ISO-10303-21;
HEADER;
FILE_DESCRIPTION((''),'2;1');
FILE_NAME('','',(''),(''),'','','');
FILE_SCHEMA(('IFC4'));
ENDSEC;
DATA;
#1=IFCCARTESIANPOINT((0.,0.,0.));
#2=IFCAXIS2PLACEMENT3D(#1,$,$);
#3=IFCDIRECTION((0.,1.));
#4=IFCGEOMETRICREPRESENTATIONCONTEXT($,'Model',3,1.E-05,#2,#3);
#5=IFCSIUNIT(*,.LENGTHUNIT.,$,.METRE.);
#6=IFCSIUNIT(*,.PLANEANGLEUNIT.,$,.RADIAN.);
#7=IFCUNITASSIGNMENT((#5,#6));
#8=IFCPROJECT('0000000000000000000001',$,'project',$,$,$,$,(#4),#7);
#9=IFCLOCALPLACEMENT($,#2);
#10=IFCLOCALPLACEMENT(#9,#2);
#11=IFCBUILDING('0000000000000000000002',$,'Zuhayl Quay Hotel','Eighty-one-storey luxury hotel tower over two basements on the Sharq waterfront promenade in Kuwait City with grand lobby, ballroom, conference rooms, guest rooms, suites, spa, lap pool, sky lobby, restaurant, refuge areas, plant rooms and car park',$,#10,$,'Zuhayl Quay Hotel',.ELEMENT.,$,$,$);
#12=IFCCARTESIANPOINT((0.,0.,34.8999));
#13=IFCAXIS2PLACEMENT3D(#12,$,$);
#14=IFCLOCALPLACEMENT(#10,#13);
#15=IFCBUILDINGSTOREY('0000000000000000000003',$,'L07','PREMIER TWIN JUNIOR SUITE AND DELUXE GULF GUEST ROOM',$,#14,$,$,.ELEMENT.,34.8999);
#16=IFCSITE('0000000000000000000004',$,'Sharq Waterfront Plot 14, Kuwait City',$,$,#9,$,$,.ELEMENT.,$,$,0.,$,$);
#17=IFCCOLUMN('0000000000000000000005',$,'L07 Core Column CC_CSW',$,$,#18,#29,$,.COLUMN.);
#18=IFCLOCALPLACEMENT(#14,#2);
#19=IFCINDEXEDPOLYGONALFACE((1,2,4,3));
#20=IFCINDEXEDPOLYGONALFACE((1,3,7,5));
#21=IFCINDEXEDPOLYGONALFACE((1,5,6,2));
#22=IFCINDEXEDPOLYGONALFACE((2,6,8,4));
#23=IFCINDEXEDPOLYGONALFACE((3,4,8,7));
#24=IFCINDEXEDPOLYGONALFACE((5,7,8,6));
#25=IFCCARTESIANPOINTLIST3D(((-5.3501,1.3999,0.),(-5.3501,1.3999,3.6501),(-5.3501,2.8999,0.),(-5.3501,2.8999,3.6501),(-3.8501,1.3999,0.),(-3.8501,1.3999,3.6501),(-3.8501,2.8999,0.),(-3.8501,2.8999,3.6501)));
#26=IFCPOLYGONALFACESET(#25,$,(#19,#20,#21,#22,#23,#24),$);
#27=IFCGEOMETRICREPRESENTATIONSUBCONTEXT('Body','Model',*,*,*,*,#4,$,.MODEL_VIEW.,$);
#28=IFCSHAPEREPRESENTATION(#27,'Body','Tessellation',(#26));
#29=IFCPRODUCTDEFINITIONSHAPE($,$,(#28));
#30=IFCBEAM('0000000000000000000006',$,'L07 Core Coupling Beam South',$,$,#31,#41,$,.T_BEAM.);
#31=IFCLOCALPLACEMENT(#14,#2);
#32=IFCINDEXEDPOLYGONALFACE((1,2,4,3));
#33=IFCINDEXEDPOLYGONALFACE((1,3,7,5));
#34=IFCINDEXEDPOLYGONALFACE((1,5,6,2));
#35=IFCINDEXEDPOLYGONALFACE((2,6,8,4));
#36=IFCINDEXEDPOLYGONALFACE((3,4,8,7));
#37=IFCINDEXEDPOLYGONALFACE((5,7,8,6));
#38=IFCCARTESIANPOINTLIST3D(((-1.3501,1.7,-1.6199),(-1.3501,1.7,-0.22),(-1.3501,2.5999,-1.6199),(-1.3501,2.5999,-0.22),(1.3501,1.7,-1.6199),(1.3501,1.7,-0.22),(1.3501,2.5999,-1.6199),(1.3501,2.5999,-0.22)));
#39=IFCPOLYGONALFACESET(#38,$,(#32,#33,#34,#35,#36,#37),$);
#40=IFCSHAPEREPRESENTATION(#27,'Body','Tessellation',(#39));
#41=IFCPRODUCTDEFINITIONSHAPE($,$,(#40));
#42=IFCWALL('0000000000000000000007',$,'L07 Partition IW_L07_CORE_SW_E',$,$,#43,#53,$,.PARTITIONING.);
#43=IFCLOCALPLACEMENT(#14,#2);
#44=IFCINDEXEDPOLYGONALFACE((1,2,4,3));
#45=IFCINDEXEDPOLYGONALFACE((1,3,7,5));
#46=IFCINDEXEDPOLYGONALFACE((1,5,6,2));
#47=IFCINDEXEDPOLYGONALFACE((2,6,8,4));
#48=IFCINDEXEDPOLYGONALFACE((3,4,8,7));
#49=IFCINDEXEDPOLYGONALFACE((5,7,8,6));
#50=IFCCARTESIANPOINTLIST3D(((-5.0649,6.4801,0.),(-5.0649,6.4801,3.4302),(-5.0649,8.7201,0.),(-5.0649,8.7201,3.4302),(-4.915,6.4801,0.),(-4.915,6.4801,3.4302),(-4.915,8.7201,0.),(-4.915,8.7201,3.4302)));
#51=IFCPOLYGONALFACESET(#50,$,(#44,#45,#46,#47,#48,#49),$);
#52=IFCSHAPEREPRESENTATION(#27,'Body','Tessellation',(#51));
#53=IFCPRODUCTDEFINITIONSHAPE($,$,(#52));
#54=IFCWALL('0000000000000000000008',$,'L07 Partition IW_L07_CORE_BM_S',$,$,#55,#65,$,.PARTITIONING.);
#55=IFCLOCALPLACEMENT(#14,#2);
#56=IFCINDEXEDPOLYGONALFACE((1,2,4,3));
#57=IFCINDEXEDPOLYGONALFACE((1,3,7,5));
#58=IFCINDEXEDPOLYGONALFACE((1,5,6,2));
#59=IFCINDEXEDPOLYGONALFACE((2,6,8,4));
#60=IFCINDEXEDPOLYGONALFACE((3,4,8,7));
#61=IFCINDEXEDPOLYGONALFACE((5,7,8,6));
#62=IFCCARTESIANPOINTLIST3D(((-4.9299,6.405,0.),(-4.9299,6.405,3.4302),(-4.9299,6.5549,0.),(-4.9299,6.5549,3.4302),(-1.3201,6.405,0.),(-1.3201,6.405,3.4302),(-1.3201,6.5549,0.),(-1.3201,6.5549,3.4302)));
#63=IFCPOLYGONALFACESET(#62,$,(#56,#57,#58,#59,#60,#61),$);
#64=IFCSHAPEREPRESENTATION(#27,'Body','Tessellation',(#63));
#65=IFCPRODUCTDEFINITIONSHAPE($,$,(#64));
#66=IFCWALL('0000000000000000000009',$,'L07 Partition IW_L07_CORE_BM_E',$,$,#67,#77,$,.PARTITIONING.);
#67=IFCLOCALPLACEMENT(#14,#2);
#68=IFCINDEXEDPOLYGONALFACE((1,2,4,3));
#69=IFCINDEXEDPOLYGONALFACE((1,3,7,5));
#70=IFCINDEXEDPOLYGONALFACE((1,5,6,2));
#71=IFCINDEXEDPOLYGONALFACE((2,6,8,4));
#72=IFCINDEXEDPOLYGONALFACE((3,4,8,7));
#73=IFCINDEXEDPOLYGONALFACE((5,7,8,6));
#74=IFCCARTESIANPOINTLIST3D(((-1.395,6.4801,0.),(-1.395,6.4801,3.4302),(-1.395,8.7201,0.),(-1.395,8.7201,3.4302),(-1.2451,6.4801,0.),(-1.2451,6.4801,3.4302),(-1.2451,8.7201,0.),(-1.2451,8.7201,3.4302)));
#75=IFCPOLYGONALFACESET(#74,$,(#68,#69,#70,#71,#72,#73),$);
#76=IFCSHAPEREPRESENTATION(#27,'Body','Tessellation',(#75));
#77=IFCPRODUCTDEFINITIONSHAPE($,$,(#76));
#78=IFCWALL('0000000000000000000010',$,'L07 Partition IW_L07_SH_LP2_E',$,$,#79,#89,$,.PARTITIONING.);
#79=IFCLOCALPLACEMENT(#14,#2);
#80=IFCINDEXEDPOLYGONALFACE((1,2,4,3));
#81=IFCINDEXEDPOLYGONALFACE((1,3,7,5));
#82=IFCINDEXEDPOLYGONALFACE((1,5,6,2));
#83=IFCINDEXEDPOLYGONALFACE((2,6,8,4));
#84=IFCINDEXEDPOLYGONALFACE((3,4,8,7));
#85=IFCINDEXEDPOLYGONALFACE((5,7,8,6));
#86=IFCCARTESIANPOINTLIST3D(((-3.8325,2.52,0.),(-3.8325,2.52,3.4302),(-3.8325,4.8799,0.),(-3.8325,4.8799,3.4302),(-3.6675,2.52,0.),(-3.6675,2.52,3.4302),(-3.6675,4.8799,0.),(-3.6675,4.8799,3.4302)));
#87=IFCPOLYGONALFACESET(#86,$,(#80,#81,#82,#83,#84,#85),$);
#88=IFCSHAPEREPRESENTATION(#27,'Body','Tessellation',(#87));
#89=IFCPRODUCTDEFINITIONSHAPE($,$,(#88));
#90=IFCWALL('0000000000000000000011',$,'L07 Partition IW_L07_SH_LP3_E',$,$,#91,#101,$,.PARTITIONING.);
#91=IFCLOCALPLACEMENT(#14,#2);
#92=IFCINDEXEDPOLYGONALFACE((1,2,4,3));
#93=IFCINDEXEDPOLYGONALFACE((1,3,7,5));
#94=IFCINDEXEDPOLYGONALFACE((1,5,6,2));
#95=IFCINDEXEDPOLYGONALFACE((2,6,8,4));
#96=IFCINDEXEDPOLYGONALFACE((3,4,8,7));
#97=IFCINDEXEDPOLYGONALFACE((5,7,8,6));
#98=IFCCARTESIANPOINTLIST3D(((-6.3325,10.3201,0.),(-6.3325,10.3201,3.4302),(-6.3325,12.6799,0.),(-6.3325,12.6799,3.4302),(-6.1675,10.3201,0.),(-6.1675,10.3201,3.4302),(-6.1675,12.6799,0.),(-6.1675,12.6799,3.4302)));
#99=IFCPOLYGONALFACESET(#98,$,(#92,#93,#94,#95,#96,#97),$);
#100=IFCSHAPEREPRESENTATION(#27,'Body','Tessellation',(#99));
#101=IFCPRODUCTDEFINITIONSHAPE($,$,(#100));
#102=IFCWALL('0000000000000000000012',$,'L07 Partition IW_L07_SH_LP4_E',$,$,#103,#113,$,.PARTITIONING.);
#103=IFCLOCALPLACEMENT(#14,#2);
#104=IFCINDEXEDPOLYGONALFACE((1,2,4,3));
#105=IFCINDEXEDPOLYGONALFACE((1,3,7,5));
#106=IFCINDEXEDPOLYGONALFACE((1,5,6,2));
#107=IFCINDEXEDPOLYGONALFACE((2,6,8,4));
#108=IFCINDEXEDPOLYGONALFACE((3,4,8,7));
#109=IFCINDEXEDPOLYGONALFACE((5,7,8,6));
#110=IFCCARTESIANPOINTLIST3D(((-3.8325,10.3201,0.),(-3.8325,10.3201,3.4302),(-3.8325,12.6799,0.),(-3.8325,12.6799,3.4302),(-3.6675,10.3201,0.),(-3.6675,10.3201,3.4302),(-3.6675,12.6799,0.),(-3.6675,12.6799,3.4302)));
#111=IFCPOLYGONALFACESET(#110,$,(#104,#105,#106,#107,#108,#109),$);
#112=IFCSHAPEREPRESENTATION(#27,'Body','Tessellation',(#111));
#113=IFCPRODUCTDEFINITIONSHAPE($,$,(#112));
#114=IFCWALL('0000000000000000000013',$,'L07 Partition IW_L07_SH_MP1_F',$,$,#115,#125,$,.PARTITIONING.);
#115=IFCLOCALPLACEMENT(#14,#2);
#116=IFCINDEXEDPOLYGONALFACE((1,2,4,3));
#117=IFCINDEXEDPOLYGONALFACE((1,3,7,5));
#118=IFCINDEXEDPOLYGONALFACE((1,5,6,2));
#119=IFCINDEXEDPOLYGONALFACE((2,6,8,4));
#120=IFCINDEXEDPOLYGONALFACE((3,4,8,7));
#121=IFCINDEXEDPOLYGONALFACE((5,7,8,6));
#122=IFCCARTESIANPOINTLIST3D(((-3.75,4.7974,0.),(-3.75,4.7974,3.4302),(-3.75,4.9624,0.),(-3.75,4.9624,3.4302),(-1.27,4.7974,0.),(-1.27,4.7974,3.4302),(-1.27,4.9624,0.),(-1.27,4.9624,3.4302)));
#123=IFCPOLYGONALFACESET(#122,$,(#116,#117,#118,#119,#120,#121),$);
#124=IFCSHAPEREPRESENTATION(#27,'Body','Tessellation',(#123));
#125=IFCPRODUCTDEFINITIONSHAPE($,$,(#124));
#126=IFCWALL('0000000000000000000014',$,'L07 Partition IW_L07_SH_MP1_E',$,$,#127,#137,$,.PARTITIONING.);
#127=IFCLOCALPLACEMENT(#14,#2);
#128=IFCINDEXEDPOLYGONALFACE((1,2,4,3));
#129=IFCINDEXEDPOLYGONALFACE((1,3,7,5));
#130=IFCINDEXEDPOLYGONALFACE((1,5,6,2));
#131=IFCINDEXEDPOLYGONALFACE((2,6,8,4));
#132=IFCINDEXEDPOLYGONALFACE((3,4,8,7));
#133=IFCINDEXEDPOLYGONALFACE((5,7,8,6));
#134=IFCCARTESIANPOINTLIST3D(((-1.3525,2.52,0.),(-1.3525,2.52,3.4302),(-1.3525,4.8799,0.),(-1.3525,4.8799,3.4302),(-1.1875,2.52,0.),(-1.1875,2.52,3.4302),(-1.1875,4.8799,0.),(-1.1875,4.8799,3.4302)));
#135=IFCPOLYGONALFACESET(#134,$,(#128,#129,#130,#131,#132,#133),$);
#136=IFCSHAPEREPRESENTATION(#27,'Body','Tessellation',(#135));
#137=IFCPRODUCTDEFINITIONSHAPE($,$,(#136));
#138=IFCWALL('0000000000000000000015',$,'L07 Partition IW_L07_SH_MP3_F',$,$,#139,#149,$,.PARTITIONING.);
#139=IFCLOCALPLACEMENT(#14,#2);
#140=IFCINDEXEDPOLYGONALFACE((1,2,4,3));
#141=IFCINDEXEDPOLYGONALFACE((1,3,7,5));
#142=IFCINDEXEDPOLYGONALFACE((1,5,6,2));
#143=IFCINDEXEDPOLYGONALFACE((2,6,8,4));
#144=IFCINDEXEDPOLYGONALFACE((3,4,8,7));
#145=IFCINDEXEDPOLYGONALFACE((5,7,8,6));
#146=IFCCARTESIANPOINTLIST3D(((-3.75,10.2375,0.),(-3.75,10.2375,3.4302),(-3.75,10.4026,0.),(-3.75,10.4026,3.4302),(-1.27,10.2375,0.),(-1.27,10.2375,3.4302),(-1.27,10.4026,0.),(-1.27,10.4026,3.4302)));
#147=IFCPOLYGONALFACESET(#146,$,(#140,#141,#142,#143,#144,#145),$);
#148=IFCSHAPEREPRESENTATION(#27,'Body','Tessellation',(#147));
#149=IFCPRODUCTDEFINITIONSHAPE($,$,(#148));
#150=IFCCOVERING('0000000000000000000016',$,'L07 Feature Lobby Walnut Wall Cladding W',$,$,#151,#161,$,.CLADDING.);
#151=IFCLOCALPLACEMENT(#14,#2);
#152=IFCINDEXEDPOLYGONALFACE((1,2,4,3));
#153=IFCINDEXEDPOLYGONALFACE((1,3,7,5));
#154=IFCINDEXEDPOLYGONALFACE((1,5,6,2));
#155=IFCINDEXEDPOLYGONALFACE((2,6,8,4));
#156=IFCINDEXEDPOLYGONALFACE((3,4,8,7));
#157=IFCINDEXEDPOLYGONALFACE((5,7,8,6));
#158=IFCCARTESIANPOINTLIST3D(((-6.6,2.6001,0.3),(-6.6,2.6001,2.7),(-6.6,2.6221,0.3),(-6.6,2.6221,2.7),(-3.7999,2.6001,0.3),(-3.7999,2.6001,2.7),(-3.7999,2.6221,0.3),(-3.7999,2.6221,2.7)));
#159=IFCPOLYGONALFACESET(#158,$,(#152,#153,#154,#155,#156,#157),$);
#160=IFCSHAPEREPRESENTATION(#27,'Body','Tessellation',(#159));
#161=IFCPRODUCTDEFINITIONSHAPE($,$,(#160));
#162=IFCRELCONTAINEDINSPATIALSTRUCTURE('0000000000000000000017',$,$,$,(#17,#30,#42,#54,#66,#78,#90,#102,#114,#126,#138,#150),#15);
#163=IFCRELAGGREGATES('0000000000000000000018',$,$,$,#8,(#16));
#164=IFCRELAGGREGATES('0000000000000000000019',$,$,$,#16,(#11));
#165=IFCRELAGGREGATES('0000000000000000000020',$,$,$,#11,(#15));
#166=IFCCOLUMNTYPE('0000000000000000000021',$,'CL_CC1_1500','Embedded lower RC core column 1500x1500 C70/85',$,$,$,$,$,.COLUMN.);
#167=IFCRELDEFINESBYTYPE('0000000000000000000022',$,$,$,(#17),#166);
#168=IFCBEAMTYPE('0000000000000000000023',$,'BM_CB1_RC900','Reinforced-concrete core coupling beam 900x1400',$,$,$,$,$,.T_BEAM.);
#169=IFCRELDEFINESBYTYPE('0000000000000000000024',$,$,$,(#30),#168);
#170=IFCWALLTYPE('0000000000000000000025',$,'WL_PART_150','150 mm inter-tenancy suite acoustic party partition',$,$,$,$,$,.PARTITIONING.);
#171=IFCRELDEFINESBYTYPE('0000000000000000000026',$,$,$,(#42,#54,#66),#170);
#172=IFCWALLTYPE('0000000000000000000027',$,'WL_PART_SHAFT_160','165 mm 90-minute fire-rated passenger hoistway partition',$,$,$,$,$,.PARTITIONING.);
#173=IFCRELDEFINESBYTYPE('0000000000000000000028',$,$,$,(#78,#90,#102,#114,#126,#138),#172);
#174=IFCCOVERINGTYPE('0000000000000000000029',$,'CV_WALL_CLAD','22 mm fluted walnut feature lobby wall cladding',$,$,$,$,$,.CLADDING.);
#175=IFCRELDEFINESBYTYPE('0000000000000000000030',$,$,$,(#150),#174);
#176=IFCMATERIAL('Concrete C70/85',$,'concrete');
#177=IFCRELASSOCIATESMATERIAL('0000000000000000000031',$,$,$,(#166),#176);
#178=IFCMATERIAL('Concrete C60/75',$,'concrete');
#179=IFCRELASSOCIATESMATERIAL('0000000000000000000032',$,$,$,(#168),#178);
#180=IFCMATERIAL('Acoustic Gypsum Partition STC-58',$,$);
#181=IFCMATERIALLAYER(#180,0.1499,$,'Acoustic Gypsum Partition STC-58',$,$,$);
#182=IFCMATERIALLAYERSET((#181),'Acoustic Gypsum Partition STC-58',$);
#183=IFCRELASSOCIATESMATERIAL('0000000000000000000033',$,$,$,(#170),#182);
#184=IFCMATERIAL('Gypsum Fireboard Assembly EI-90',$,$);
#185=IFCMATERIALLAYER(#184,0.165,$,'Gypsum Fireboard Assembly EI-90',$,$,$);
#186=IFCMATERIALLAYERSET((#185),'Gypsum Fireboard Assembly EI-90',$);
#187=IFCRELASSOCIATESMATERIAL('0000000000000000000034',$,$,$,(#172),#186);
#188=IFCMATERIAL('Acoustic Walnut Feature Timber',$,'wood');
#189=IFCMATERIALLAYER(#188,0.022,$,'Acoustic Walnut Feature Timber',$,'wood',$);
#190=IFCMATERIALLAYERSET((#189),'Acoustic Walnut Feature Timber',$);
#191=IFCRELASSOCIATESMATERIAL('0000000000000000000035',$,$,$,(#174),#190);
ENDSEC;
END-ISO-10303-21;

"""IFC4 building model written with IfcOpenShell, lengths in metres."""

from ifc_helpers import new_model, si_unit, direction, frame, frame_2d, origin, origin_2d, place, context, subcontext, project, spatial, rectangle, extrude, material, layer, layer_set, material_profile, profile_set, type_object, element, save


model = new_model("IFC4")

# Units and contexts
model_context = context("Model", 3, precision=1e-05, world=origin(), true_north=direction((0.0, 1.0)))
body_context = subcontext(model_context, "Body", "Model", "MODEL_VIEW")
ifc_project = project(units=[si_unit("LENGTHUNIT", "METRE"), si_unit("PLANEANGLEUNIT", "RADIAN")], contexts=[model_context])

# Site, building, storey
site_placement = place(None, origin())
site = spatial("IfcSite", under=ifc_project, at=site_placement, Name="Sharq Waterfront Plot 14, Kuwait City", CompositionType="ELEMENT", RefElevation=0.0)
building_placement = place(site_placement, origin())
building = spatial("IfcBuilding", under=site, at=building_placement, Name="Zuhayl Quay Hotel", Description="Eighty-one-storey luxury hotel tower over two basements on the Sharq waterfront promenade in Kuwait City with grand lobby, ballroom, conference rooms, guest rooms, suites, spa, lap pool, sky lobby, restaurant, refuge areas, plant rooms and car park", LongName="Zuhayl Quay Hotel", CompositionType="ELEMENT")
storey_placement = place(building_placement, frame((0.0, 0.0, 34.8999)))
storey = spatial("IfcBuildingStorey", under=building, at=storey_placement, Name="L07", Description="PREMIER TWIN JUNIOR SUITE AND DELUXE GULF GUEST ROOM", CompositionType="ELEMENT", Elevation=34.8999)

# Column
ifc_material_1 = material(Name="Concrete C70/85", Category="concrete")
ifc_material_profile_1 = material_profile(ifc_material_1, rectangle(XDim=1.5, YDim=1.5, at=origin_2d()), Name="RC1500X1500")
ifc_profile_set_1 = profile_set([ifc_material_profile_1], Name="Concrete C70/85")
column_type = type_object("IfcColumnType", Name="CL_CC1_1500", Description="Embedded lower RC core column 1500x1500 C70/85", PredefinedType="COLUMN", material=ifc_profile_set_1)
column_placement = place(storey_placement, frame((-4.6001, 2.1499, 0.0), z_axis=(0.0, 0.0, 1.0), x_axis=(1.0, 0.0, 0.0)))
element("IfcColumn", 1, at=column_placement, inside=storey, type_object=column_type, Name="L07 Core Column CC_CSW", PredefinedType="COLUMN", context=body_context, shape_type="SweptSolid", body=[
    extrude(rectangle(XDim=1.5, YDim=1.5, at=origin_2d()), origin(), (0.0, 0.0, 1.0), 3.6501),
])

# Beam
ifc_material_2 = material(Name="Concrete C60/75", Category="concrete")
ifc_material_profile_2 = material_profile(ifc_material_2, rectangle(XDim=0.8999, YDim=1.3999, at=origin_2d()), Name="RC900X1400")
ifc_profile_set_2 = profile_set([ifc_material_profile_2], Name="Concrete C60/75")
beam_type = type_object("IfcBeamType", Name="BM_CB1_RC900", Description="Reinforced-concrete core coupling beam 900x1400", PredefinedType="T_BEAM", material=ifc_profile_set_2)
beam_placement = place(storey_placement, frame((-1.3501, 2.1499, -0.9199), z_axis=(1.0, 0.0, 0.0), x_axis=(0.0, 1.0, 0.0)))
element("IfcBeam", 2, at=beam_placement, inside=storey, type_object=beam_type, Name="L07 Core Coupling Beam South", PredefinedType="T_BEAM", context=body_context, shape_type="SweptSolid", body=[
    extrude(rectangle(XDim=0.8999, YDim=1.3999, at=origin_2d()), origin(), (0.0, 0.0, 1.0), 2.7002),
])

# Shared definitions
ifc_material_3 = material(Name="Acoustic Gypsum Partition STC-58")
ifc_layer_1 = layer(ifc_material_3, 0.1499, Name="Acoustic Gypsum Partition STC-58")
ifc_layer_set_1 = layer_set([ifc_layer_1], Name="Acoustic Gypsum Partition STC-58")
wall_type_1 = type_object("IfcWallType", Name="WL_PART_150", Description="150 mm inter-tenancy suite acoustic party partition", PredefinedType="PARTITIONING", material=ifc_layer_set_1)

# Walls
wall_1_placement = place(storey_placement, frame((-4.99, 6.48, 0.0), z_axis=(0.0, 0.0, 1.0), x_axis=(0.0, 1.0, 0.0)))
element("IfcWall", 3, at=wall_1_placement, inside=storey, type_object=wall_type_1, Name="L07 Partition IW_L07_CORE_SW_E", PredefinedType="PARTITIONING", context=body_context, shape_type="SweptSolid", body=[
    extrude(rectangle(XDim=2.24, YDim=0.1499, at=frame_2d((1.1201, 0.0))), origin(), (0.0, 0.0, 1.0), 3.4302),
])
wall_2_placement = place(storey_placement, frame((-4.9299, 6.48, 0.0), z_axis=(0.0, 0.0, 1.0), x_axis=(1.0, 0.0, 0.0)))
element("IfcWall", 4, at=wall_2_placement, inside=storey, type_object=wall_type_1, Name="L07 Partition IW_L07_CORE_BM_S", PredefinedType="PARTITIONING", context=body_context, shape_type="SweptSolid", body=[
    extrude(rectangle(XDim=3.6099, YDim=0.1499, at=frame_2d((1.8049, 0.0))), origin(), (0.0, 0.0, 1.0), 3.4302),
])
wall_3_placement = place(storey_placement, frame((-1.3201, 6.48, 0.0), z_axis=(0.0, 0.0, 1.0), x_axis=(0.0, 1.0, 0.0)))
element("IfcWall", 5, at=wall_3_placement, inside=storey, type_object=wall_type_1, Name="L07 Partition IW_L07_CORE_BM_E", PredefinedType="PARTITIONING", context=body_context, shape_type="SweptSolid", body=[
    extrude(rectangle(XDim=2.24, YDim=0.1499, at=frame_2d((1.1201, 0.0))), origin(), (0.0, 0.0, 1.0), 3.4302),
])
ifc_material_4 = material(Name="Gypsum Fireboard Assembly EI-90")
ifc_layer_2 = layer(ifc_material_4, 0.165, Name="Gypsum Fireboard Assembly EI-90")
ifc_layer_set_2 = layer_set([ifc_layer_2], Name="Gypsum Fireboard Assembly EI-90")
wall_type_2 = type_object("IfcWallType", Name="WL_PART_SHAFT_160", Description="165 mm 90-minute fire-rated passenger hoistway partition", PredefinedType="PARTITIONING", material=ifc_layer_set_2)
for number, where, z_axis, x_axis, name in (
    (6, (-3.75, 2.52, 0.0), (0.0, 0.0, 1.0), (0.0, 1.0, 0.0), "L07 Partition IW_L07_SH_LP2_E"),
    (7, (-6.25, 10.3201, 0.0), (0.0, 0.0, 1.0), (0.0, 1.0, 0.0), "L07 Partition IW_L07_SH_LP3_E"),
    (8, (-3.75, 10.3201, 0.0), (0.0, 0.0, 1.0), (0.0, 1.0, 0.0), "L07 Partition IW_L07_SH_LP4_E"),
):
    element("IfcWall", number, at=place(storey_placement, frame(where, z_axis=z_axis, x_axis=x_axis)), inside=storey, type_object=wall_type_2, Name=name, PredefinedType="PARTITIONING", context=body_context, shape_type="SweptSolid", body=[
        extrude(rectangle(XDim=2.3599, YDim=0.165, at=frame_2d((1.1799, 0.0))), origin(), (0.0, 0.0, 1.0), 3.4302),
    ])
wall_4_placement = place(storey_placement, frame((-3.75, 4.8799, 0.0), z_axis=(0.0, 0.0, 1.0), x_axis=(1.0, 0.0, 0.0)))
element("IfcWall", 9, at=wall_4_placement, inside=storey, type_object=wall_type_2, Name="L07 Partition IW_L07_SH_MP1_F", PredefinedType="PARTITIONING", context=body_context, shape_type="SweptSolid", body=[
    extrude(rectangle(XDim=2.48, YDim=0.165, at=frame_2d((1.24, 0.0))), origin(), (0.0, 0.0, 1.0), 3.4302),
])
wall_5_placement = place(storey_placement, frame((-1.27, 2.52, 0.0), z_axis=(0.0, 0.0, 1.0), x_axis=(0.0, 1.0, 0.0)))
element("IfcWall", 10, at=wall_5_placement, inside=storey, type_object=wall_type_2, Name="L07 Partition IW_L07_SH_MP1_E", PredefinedType="PARTITIONING", context=body_context, shape_type="SweptSolid", body=[
    extrude(rectangle(XDim=2.3599, YDim=0.165, at=frame_2d((1.1799, 0.0))), origin(), (0.0, 0.0, 1.0), 3.4302),
])
wall_6_placement = place(storey_placement, frame((-3.75, 10.3201, 0.0), z_axis=(0.0, 0.0, 1.0), x_axis=(1.0, 0.0, 0.0)))
element("IfcWall", 11, at=wall_6_placement, inside=storey, type_object=wall_type_2, Name="L07 Partition IW_L07_SH_MP3_F", PredefinedType="PARTITIONING", context=body_context, shape_type="SweptSolid", body=[
    extrude(rectangle(XDim=2.48, YDim=0.165, at=frame_2d((1.24, 0.0))), origin(), (0.0, 0.0, 1.0), 3.4302),
])

# Covering
ifc_material_5 = material(Name="Acoustic Walnut Feature Timber", Category="wood")
ifc_layer_3 = layer(ifc_material_5, 0.022, Name="Acoustic Walnut Feature Timber", Category="wood")
ifc_layer_set_3 = layer_set([ifc_layer_3], Name="Acoustic Walnut Feature Timber")
covering_type = type_object("IfcCoveringType", Name="CV_WALL_CLAD", Description="22 mm fluted walnut feature lobby wall cladding", PredefinedType="CLADDING", material=ifc_layer_set_3)
covering_placement = place(storey_placement, frame((-5.2, 2.6111, 0.3), z_axis=(0.0, 0.0, 1.0), x_axis=(1.0, 0.0, 0.0)))
element("IfcCovering", 12, at=covering_placement, inside=storey, type_object=covering_type, Name="L07 Feature Lobby Walnut Wall Cladding W", PredefinedType="CLADDING", context=body_context, shape_type="SweptSolid", body=[
    extrude(rectangle(XDim=2.8, YDim=0.022, at=origin_2d()), origin(), (0.0, 0.0, 1.0), 2.3999),
])

save(model, "model.ifc")
